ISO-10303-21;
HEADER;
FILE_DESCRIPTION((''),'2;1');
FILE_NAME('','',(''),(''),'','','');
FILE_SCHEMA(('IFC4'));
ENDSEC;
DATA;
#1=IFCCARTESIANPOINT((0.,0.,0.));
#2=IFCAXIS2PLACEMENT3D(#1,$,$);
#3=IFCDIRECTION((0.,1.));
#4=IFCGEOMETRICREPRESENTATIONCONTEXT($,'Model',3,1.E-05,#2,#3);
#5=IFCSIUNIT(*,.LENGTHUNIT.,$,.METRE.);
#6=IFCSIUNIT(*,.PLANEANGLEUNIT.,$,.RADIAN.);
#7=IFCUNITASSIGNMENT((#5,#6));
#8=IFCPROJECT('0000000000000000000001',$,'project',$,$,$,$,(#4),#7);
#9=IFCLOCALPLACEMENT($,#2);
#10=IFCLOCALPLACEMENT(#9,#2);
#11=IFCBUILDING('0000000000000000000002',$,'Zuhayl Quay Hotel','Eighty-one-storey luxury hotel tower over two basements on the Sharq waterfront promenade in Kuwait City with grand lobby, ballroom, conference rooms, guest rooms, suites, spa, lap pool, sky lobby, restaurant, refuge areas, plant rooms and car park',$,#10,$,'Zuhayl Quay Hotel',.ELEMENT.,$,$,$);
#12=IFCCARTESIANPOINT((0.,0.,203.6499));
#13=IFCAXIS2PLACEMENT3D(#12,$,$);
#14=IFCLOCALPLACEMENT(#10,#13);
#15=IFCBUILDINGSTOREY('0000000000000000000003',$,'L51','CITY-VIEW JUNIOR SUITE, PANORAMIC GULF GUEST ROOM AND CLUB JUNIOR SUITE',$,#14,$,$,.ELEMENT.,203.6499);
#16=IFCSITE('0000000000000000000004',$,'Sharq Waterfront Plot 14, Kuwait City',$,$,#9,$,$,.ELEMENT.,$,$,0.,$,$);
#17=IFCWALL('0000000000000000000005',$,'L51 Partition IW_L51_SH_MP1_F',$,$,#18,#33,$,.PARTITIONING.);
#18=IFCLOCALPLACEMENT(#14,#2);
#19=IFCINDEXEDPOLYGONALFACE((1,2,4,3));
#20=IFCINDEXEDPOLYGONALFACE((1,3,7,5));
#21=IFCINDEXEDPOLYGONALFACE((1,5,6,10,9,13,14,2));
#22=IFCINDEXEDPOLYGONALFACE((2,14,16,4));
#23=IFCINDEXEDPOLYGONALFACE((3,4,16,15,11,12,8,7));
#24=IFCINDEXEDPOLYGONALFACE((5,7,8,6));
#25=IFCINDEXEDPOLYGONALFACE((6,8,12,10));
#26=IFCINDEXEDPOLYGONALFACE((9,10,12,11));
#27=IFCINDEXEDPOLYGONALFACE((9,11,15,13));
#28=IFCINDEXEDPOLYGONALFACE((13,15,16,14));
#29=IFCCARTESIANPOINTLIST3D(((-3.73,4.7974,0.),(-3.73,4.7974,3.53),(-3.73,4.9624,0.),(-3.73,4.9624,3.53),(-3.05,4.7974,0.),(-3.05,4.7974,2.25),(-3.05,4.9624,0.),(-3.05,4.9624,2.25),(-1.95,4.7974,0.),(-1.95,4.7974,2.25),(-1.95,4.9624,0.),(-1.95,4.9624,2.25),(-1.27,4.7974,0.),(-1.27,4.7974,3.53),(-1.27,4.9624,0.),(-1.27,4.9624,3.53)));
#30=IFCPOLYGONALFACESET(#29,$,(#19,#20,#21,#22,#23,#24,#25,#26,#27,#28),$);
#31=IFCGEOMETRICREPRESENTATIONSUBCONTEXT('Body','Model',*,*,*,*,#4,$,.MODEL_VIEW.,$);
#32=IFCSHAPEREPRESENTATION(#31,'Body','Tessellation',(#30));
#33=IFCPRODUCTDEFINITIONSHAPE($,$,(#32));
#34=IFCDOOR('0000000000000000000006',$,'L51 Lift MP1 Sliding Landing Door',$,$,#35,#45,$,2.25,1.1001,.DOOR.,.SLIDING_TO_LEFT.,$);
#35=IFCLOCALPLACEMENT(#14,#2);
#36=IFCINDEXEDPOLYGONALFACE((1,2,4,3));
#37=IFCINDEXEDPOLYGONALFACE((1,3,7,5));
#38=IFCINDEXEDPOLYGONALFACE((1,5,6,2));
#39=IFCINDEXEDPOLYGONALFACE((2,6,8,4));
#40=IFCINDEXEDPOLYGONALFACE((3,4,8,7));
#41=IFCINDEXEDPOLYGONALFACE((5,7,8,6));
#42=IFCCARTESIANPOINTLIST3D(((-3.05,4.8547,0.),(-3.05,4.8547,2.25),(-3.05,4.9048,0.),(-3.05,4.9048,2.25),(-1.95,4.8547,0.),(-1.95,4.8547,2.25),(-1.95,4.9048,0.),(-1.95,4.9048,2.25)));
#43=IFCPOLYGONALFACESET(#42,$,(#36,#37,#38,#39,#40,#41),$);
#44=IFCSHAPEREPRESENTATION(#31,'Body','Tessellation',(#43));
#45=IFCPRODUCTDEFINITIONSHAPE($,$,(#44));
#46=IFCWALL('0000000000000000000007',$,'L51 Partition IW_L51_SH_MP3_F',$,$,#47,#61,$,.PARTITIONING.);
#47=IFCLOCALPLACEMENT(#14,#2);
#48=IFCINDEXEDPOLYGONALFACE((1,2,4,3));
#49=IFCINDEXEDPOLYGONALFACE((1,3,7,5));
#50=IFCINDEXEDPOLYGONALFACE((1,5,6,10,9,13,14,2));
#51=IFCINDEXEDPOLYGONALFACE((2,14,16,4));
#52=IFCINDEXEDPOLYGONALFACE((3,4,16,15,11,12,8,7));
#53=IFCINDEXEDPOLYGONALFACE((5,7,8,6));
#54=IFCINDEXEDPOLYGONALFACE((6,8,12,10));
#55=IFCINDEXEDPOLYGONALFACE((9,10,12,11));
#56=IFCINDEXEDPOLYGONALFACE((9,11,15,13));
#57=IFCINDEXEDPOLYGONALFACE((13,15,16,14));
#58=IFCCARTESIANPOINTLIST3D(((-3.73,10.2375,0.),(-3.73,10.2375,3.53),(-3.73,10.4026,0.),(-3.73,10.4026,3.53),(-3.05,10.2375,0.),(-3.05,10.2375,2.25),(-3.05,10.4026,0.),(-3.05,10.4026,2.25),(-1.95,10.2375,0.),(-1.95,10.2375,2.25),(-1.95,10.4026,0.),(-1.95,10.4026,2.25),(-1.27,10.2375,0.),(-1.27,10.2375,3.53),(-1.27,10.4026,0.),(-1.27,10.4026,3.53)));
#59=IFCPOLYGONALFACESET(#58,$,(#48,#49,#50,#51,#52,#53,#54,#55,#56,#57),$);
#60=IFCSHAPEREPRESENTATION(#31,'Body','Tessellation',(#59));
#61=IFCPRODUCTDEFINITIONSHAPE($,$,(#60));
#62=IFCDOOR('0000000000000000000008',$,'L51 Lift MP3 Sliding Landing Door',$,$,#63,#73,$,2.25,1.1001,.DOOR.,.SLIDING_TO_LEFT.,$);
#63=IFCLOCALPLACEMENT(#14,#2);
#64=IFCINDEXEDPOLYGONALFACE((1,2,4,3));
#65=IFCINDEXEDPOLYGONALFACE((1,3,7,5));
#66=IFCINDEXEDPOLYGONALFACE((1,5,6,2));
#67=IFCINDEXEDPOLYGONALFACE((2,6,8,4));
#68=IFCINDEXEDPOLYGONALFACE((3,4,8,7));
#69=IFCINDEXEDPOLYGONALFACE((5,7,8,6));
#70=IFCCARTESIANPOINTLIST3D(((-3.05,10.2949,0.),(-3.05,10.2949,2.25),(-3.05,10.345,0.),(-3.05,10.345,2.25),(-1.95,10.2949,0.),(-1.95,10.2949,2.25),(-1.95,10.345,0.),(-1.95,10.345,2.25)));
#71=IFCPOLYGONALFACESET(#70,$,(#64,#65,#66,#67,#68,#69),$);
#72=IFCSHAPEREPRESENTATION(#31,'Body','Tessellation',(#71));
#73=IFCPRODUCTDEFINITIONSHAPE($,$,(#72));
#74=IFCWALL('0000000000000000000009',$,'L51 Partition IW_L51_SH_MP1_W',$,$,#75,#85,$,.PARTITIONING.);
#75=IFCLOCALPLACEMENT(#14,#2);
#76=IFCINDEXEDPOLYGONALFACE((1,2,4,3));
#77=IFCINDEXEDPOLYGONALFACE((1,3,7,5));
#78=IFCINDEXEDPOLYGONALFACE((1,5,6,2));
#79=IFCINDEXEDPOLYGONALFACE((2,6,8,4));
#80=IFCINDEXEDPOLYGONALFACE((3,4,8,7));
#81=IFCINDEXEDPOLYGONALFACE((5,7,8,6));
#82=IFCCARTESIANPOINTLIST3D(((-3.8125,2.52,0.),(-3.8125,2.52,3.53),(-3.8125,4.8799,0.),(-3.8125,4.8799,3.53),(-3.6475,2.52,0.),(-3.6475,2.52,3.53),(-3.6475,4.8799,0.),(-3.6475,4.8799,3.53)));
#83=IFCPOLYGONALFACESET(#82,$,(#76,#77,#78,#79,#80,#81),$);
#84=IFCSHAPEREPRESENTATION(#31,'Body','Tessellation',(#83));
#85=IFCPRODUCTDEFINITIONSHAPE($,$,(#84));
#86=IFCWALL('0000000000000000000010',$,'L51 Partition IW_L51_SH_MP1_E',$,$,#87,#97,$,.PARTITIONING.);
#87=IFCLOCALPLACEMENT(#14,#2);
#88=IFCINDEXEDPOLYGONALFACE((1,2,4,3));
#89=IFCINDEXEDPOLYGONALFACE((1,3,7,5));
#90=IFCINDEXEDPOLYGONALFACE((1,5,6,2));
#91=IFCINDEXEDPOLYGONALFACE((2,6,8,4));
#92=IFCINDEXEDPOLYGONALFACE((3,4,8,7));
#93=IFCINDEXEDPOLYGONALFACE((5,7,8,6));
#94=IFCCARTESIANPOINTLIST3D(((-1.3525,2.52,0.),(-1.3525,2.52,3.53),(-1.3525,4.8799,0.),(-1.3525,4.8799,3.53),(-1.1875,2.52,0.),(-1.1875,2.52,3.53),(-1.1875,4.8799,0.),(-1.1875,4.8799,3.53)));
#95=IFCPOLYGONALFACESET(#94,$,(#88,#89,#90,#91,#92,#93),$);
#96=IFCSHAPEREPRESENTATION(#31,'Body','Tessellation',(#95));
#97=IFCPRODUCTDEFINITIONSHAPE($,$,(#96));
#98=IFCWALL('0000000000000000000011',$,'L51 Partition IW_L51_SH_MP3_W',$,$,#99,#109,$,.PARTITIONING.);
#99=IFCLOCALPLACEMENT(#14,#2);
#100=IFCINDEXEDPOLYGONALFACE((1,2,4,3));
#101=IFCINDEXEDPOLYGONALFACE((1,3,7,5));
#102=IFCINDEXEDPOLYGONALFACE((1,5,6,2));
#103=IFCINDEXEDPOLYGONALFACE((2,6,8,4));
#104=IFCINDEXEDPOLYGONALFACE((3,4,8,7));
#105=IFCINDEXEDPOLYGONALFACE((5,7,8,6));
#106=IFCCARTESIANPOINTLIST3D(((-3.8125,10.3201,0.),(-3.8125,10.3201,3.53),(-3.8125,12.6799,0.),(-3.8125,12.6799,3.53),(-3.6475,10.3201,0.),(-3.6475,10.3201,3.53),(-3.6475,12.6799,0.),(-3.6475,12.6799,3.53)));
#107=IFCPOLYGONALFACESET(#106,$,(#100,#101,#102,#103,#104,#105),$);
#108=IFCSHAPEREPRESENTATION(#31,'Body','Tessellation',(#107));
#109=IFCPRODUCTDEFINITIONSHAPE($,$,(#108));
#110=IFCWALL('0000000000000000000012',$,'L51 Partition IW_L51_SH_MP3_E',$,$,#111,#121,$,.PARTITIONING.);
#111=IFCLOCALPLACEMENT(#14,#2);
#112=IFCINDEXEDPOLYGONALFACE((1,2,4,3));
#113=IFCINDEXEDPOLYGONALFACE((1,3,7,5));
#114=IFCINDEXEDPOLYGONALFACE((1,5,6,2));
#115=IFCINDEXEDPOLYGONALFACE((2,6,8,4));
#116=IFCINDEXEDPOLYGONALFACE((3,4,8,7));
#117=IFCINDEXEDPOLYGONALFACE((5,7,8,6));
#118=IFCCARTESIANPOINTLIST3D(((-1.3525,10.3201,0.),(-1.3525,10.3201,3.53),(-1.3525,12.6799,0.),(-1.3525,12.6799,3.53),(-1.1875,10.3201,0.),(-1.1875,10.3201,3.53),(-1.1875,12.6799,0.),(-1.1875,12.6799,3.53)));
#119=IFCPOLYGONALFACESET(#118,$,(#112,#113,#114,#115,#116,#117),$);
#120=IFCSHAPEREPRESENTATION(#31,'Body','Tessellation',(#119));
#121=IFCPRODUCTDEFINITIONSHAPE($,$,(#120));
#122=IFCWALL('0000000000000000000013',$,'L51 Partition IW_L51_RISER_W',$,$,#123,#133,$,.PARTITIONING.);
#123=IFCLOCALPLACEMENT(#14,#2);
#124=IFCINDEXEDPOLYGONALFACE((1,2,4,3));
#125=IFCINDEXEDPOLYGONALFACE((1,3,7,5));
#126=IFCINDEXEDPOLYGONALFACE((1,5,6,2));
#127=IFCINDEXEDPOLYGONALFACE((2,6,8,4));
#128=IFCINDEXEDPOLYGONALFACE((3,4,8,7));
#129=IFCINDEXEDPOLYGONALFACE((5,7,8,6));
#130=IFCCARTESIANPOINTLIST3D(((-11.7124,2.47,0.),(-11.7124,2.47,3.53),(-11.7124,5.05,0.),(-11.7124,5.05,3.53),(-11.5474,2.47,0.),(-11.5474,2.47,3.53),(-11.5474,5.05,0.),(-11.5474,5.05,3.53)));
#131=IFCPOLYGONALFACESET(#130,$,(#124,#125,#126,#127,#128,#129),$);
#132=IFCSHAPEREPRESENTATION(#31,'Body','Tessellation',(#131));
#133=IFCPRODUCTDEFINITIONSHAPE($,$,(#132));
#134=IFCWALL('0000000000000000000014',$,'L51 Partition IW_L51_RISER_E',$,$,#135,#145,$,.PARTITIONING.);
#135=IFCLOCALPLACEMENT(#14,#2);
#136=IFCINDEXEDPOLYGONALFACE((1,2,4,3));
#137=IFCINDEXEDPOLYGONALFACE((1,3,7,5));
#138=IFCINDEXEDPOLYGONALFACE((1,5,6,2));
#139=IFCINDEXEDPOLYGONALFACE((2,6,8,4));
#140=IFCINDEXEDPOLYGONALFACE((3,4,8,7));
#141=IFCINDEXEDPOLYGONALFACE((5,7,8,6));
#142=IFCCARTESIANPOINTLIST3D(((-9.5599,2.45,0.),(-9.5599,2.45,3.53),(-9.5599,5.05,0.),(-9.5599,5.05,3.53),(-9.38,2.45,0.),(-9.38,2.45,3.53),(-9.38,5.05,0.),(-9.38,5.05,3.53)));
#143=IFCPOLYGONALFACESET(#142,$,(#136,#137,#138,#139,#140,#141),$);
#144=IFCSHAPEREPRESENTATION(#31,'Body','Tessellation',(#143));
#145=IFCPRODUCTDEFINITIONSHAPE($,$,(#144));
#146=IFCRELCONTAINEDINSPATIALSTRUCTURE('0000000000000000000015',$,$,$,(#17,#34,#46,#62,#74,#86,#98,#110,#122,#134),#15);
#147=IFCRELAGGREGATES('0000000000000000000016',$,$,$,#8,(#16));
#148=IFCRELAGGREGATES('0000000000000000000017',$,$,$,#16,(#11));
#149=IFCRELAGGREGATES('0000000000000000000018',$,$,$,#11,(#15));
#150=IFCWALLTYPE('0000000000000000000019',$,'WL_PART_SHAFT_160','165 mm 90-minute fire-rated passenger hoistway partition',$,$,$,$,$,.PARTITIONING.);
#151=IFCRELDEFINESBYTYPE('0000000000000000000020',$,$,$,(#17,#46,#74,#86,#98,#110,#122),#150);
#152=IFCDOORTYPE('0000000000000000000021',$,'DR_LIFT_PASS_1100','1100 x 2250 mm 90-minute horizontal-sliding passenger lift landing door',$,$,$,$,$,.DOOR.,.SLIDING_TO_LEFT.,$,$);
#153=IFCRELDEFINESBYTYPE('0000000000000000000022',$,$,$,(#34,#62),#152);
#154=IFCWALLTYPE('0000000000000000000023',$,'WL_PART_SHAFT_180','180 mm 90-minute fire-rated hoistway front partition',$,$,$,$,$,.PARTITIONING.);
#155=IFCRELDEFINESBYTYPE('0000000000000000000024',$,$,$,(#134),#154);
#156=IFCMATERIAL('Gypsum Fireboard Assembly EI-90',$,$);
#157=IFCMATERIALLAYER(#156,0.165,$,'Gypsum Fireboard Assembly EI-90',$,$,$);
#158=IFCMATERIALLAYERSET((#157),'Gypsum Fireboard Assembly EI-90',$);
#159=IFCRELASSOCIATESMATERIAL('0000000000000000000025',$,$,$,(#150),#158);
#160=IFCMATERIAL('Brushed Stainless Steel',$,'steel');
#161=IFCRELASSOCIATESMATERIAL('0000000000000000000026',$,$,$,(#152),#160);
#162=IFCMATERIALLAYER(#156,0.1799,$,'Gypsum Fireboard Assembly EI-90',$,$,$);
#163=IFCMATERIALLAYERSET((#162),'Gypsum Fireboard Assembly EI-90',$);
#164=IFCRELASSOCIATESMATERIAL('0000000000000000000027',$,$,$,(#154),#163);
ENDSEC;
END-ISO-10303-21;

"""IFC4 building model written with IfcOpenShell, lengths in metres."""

from ifc_helpers import new_model, si_unit, direction, frame, frame_2d, origin, place, context, subcontext, project, spatial, rectangle, extrude, material, layer, layer_set, type_object, element, fill, save


model = new_model("IFC4")

# Units and contexts
model_context = context("Model", 3, precision=1e-05, world=origin(), true_north=direction((0.0, 1.0)))
body_context = subcontext(model_context, "Body", "Model", "MODEL_VIEW")
ifc_project = project(units=[si_unit("LENGTHUNIT", "METRE"), si_unit("PLANEANGLEUNIT", "RADIAN")], contexts=[model_context])

# Site, building, storey
site_placement = place(None, origin())
site = spatial("IfcSite", under=ifc_project, at=site_placement, Name="Sharq Waterfront Plot 14, Kuwait City", CompositionType="ELEMENT", RefElevation=0.0)
building_placement = place(site_placement, origin())
building = spatial("IfcBuilding", under=site, at=building_placement, Name="Zuhayl Quay Hotel", Description="Eighty-one-storey luxury hotel tower over two basements on the Sharq waterfront promenade in Kuwait City with grand lobby, ballroom, conference rooms, guest rooms, suites, spa, lap pool, sky lobby, restaurant, refuge areas, plant rooms and car park", LongName="Zuhayl Quay Hotel", CompositionType="ELEMENT")
storey_placement = place(building_placement, frame((0.0, 0.0, 203.6499)))
storey = spatial("IfcBuildingStorey", under=building, at=storey_placement, Name="L51", Description="CITY-VIEW JUNIOR SUITE, PANORAMIC GULF GUEST ROOM AND CLUB JUNIOR SUITE", CompositionType="ELEMENT", Elevation=203.6499)

# Walls, openings, doors
ifc_material_1 = material(Name="Gypsum Fireboard Assembly EI-90")
ifc_layer_1 = layer(ifc_material_1, 0.165, Name="Gypsum Fireboard Assembly EI-90")
ifc_layer_set_1 = layer_set([ifc_layer_1], Name="Gypsum Fireboard Assembly EI-90")
wall_type_1 = type_object("IfcWallType", Name="WL_PART_SHAFT_160", Description="165 mm 90-minute fire-rated passenger hoistway partition", PredefinedType="PARTITIONING", material=ifc_layer_set_1)
wall_1_placement = place(storey_placement, frame((-3.73, 4.8799, 0.0), z_axis=(0.0, 0.0, 1.0), x_axis=(1.0, 0.0, 0.0)))
wall_1 = element("IfcWall", 1, at=wall_1_placement, inside=storey, type_object=wall_type_1, Name="L51 Partition IW_L51_SH_MP1_F", PredefinedType="PARTITIONING", context=body_context, shape_type="SweptSolid", body=[
    extrude(rectangle(XDim=2.46, YDim=0.165, at=frame_2d((1.23, 0.0))), origin(), (0.0, 0.0, 1.0), 3.53),
])
opening_1_placement = place(wall_1_placement, frame((0.6799, 0.0, 0.0)))
opening_1 = element("IfcOpeningElement", 2, at=opening_1_placement, cuts=wall_1, PredefinedType="OPENING", context=body_context, shape_type="SweptSolid", body=[
    extrude(rectangle(XDim=1.1001, YDim=2.25, at=frame_2d((0.55, 1.125))), frame((0.0, 0.0925, 0.0), z_axis=(0.0, -1.0, 0.0), x_axis=(1.0, 0.0, 0.0)), (0.0, 0.0, 1.0), 0.1851),
])
ifc_material_2 = material(Name="Brushed Stainless Steel", Category="steel")
door_type_1 = type_object("IfcDoorType", Name="DR_LIFT_PASS_1100", Description="1100 x 2250 mm 90-minute horizontal-sliding passenger lift landing door", OperationType="SLIDING_TO_LEFT", PredefinedType="DOOR", material=ifc_material_2)
door_1_placement = place(opening_1_placement, origin())
door_1 = element("IfcDoor", 3, at=door_1_placement, inside=storey, type_object=door_type_1, Name="L51 Lift MP1 Sliding Landing Door", OperationType="SLIDING_TO_LEFT", OverallHeight=2.25, OverallWidth=1.1001, PredefinedType="DOOR", context=body_context, shape_type="SweptSolid", body=[
    extrude(rectangle(XDim=1.1001, YDim=2.25, at=frame_2d((0.55, 1.125))), frame((0.0, 0.0249, 0.0), z_axis=(0.0, -1.0, 0.0), x_axis=(1.0, 0.0, 0.0)), (0.0, 0.0, 1.0), 0.05),
])
fill(opening_1, door_1)
wall_2_placement = place(storey_placement, frame((-3.73, 10.3201, 0.0), z_axis=(0.0, 0.0, 1.0), x_axis=(1.0, 0.0, 0.0)))
wall_2 = element("IfcWall", 4, at=wall_2_placement, inside=storey, type_object=wall_type_1, Name="L51 Partition IW_L51_SH_MP3_F", PredefinedType="PARTITIONING", context=body_context, shape_type="SweptSolid", body=[
    extrude(rectangle(XDim=2.46, YDim=0.165, at=frame_2d((1.23, 0.0))), origin(), (0.0, 0.0, 1.0), 3.53),
])
opening_2_placement = place(wall_2_placement, frame((0.6799, 0.0, 0.0)))
opening_2 = element("IfcOpeningElement", 5, at=opening_2_placement, cuts=wall_2, PredefinedType="OPENING", context=body_context, shape_type="SweptSolid", body=[
    extrude(rectangle(XDim=1.1001, YDim=2.25, at=frame_2d((0.55, 1.125))), frame((0.0, 0.0925, 0.0), z_axis=(0.0, -1.0, 0.0), x_axis=(1.0, 0.0, 0.0)), (0.0, 0.0, 1.0), 0.1851),
])
door_2_placement = place(opening_2_placement, origin())
door_2 = element("IfcDoor", 6, at=door_2_placement, inside=storey, type_object=door_type_1, Name="L51 Lift MP3 Sliding Landing Door", OperationType="SLIDING_TO_LEFT", OverallHeight=2.25, OverallWidth=1.1001, PredefinedType="DOOR", context=body_context, shape_type="SweptSolid", body=[
    extrude(rectangle(XDim=1.1001, YDim=2.25, at=frame_2d((0.55, 1.125))), frame((0.0, 0.0249, 0.0), z_axis=(0.0, -1.0, 0.0), x_axis=(1.0, 0.0, 0.0)), (0.0, 0.0, 1.0), 0.05),
])
fill(opening_2, door_2)

# Walls
for number, where, z_axis, x_axis, name in (
    (7, (-3.73, 2.52, 0.0), (0.0, 0.0, 1.0), (0.0, 1.0, 0.0), "L51 Partition IW_L51_SH_MP1_W"),
    (8, (-1.27, 2.52, 0.0), (0.0, 0.0, 1.0), (0.0, 1.0, 0.0), "L51 Partition IW_L51_SH_MP1_E"),
    (9, (-3.73, 10.3201, 0.0), (0.0, 0.0, 1.0), (0.0, 1.0, 0.0), "L51 Partition IW_L51_SH_MP3_W"),
    (10, (-1.27, 10.3201, 0.0), (0.0, 0.0, 1.0), (0.0, 1.0, 0.0), "L51 Partition IW_L51_SH_MP3_E"),
):
    element("IfcWall", number, at=place(storey_placement, frame(where, z_axis=z_axis, x_axis=x_axis)), inside=storey, type_object=wall_type_1, Name=name, PredefinedType="PARTITIONING", context=body_context, shape_type="SweptSolid", body=[
        extrude(rectangle(XDim=2.3599, YDim=0.165, at=frame_2d((1.1799, 0.0))), origin(), (0.0, 0.0, 1.0), 3.53),
    ])
wall_3_placement = place(storey_placement, frame((-11.6299, 2.47, 0.0), z_axis=(0.0, 0.0, 1.0), x_axis=(0.0, 1.0, 0.0)))
element("IfcWall", 11, at=wall_3_placement, inside=storey, type_object=wall_type_1, Name="L51 Partition IW_L51_RISER_W", PredefinedType="PARTITIONING", context=body_context, shape_type="SweptSolid", body=[
    extrude(rectangle(XDim=2.5801, YDim=0.165, at=frame_2d((1.29, 0.0))), origin(), (0.0, 0.0, 1.0), 3.53),
])
ifc_layer_2 = layer(ifc_material_1, 0.1799, Name="Gypsum Fireboard Assembly EI-90")
ifc_layer_set_2 = layer_set([ifc_layer_2], Name="Gypsum Fireboard Assembly EI-90")
wall_type_2 = type_object("IfcWallType", Name="WL_PART_SHAFT_180", Description="180 mm 90-minute fire-rated hoistway front partition", PredefinedType="PARTITIONING", material=ifc_layer_set_2)
wall_4_placement = place(storey_placement, frame((-9.47, 2.45, 0.0), z_axis=(0.0, 0.0, 1.0), x_axis=(0.0, 1.0, 0.0)))
element("IfcWall", 12, at=wall_4_placement, inside=storey, type_object=wall_type_2, Name="L51 Partition IW_L51_RISER_E", PredefinedType="PARTITIONING", context=body_context, shape_type="SweptSolid", body=[
    extrude(rectangle(XDim=2.6001, YDim=0.1799, at=frame_2d((1.3, 0.0))), origin(), (0.0, 0.0, 1.0), 3.53),
])

save(model, "model.ifc")
